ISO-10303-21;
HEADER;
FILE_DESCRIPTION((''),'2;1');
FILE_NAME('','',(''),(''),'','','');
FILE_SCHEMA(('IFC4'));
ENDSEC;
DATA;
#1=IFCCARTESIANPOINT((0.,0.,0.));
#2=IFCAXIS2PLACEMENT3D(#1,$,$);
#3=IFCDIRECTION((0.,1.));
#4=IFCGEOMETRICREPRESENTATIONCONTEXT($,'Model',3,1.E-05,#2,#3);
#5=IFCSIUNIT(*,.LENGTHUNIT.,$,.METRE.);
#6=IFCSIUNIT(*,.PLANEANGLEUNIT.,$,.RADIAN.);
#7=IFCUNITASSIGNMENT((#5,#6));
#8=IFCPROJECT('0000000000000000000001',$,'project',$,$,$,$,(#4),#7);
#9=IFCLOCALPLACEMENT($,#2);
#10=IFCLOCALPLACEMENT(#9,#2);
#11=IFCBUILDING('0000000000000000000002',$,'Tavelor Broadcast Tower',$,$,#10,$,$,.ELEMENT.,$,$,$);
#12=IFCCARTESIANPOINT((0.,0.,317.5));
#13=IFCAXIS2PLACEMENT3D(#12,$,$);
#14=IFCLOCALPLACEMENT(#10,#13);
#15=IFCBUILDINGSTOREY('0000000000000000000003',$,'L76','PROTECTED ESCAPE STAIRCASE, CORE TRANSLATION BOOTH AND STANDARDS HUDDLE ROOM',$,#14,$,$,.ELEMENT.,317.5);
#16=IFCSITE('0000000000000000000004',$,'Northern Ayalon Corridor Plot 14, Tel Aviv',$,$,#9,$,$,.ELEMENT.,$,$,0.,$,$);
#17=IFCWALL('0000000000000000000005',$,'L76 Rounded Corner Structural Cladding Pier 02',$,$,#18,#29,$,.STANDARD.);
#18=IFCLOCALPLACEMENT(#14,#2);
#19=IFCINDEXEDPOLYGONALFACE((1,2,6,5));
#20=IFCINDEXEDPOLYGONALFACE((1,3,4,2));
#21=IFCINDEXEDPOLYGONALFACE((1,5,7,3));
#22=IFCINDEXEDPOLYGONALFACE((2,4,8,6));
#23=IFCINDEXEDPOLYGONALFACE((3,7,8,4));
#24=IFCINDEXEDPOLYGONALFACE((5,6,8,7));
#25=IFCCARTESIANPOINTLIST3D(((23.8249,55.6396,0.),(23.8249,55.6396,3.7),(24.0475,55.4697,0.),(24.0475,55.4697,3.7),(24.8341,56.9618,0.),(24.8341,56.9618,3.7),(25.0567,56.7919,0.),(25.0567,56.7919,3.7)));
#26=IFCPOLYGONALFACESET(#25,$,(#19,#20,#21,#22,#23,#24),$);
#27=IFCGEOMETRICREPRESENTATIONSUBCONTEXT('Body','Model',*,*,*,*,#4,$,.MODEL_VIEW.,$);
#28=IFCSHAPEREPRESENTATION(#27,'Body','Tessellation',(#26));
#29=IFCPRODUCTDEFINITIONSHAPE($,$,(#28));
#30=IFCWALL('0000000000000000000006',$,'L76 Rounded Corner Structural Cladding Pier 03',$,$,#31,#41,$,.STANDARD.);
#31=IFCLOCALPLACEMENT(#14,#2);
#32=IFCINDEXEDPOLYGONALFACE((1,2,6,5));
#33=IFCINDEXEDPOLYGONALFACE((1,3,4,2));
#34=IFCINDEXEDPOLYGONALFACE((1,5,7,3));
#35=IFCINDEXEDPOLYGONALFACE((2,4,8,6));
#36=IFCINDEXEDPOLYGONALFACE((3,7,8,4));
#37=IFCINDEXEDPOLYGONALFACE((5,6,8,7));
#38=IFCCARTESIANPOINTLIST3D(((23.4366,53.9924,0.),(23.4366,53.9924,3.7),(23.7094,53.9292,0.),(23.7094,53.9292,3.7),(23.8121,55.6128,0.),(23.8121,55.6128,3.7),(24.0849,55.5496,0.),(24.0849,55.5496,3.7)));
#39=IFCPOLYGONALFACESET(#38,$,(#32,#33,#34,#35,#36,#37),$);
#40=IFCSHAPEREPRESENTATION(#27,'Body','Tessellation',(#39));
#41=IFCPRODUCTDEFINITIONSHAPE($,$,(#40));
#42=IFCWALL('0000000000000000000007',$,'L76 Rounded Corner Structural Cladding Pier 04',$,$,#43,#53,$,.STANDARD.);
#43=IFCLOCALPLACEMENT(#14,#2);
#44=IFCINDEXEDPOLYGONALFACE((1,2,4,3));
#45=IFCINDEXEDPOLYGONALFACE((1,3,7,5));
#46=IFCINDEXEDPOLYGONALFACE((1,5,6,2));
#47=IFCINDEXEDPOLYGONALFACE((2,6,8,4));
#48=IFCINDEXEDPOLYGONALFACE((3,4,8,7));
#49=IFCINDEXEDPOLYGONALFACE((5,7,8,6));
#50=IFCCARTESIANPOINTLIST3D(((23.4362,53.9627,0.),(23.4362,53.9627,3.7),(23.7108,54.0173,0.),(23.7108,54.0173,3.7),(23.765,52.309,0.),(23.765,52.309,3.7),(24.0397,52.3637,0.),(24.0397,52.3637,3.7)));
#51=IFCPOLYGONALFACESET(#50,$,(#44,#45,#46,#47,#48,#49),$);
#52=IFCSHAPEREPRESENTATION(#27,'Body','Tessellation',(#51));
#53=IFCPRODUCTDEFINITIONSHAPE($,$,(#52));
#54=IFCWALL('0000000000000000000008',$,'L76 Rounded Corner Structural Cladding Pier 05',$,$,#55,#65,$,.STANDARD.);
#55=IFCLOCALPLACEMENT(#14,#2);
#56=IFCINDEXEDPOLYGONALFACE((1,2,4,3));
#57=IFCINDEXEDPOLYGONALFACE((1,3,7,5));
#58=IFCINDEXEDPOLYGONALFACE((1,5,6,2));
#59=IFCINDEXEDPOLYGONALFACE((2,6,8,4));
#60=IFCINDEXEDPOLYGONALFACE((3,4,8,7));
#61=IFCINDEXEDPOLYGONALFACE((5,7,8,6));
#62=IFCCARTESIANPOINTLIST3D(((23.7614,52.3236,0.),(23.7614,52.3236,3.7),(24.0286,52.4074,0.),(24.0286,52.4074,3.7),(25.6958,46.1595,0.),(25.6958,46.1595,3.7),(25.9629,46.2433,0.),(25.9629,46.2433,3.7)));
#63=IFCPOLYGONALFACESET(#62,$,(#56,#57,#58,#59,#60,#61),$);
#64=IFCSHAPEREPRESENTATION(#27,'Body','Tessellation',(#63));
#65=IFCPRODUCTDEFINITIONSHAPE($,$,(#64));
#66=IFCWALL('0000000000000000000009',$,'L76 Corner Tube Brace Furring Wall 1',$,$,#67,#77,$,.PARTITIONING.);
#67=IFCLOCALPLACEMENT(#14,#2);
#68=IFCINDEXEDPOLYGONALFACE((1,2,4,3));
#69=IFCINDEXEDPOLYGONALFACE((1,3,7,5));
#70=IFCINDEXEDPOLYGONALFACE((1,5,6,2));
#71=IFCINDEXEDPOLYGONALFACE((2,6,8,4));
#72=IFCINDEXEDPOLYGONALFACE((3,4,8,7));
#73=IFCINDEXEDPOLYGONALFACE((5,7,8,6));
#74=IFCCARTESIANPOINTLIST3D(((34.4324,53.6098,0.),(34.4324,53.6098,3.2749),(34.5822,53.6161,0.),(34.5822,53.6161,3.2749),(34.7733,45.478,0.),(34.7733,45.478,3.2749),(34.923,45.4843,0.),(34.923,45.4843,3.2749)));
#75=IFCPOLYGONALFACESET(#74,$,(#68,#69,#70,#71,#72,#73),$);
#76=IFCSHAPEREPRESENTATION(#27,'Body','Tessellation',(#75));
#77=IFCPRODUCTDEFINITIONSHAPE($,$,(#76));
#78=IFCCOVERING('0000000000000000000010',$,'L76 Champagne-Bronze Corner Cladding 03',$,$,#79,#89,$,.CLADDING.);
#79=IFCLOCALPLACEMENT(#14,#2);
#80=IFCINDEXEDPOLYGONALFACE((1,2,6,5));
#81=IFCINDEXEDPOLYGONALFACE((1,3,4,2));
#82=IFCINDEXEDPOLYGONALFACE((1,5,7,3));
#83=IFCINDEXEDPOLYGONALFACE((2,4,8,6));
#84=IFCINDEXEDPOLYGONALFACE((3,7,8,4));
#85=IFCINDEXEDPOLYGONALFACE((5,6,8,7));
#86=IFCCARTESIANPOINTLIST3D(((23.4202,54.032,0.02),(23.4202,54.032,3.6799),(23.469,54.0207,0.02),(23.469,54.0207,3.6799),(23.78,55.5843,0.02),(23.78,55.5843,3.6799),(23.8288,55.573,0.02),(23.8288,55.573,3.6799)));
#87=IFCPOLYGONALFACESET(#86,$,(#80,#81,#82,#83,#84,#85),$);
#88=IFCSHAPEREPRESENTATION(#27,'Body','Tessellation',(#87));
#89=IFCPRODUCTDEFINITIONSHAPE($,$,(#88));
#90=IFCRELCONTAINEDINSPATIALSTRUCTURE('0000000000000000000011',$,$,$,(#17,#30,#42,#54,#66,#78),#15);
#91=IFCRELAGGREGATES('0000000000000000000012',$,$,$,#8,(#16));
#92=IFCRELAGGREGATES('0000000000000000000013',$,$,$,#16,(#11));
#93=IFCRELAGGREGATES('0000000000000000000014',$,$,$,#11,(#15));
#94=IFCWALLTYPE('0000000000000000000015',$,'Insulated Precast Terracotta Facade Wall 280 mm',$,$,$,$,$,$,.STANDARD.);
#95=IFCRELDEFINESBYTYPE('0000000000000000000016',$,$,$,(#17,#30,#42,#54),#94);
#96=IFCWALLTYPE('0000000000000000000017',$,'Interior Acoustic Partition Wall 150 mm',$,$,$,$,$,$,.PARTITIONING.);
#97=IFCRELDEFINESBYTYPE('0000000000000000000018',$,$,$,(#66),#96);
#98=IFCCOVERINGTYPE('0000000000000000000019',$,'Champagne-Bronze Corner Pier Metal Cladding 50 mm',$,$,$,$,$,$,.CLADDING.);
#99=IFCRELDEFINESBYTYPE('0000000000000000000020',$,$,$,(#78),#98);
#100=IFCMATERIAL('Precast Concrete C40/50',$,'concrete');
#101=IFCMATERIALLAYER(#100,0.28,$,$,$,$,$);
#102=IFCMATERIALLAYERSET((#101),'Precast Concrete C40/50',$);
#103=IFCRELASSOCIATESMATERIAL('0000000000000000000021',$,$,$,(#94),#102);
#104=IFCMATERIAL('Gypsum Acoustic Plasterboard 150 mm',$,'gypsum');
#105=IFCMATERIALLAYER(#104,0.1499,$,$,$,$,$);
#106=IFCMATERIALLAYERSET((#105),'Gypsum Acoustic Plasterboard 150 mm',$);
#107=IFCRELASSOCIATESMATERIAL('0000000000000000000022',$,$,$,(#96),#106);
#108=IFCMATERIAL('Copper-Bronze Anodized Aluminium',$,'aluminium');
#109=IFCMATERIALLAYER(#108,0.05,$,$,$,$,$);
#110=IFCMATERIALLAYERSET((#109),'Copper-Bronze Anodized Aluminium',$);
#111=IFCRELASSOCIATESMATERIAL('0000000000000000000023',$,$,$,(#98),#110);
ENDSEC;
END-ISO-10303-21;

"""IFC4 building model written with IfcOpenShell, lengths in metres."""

from ifc_helpers import new_model, si_unit, direction, frame, frame_2d, origin, origin_2d, place, context, subcontext, project, spatial, rectangle, extrude, material, layer, layer_set, type_object, element, save


model = new_model("IFC4")

# Units and contexts
model_context = context("Model", 3, precision=1e-05, world=origin(), true_north=direction((0.0, 1.0)))
body_context = subcontext(model_context, "Body", "Model", "MODEL_VIEW")
ifc_project = project(units=[si_unit("LENGTHUNIT", "METRE"), si_unit("PLANEANGLEUNIT", "RADIAN")], contexts=[model_context])

# Site, building, storey
site_placement = place(None, origin())
site = spatial("IfcSite", under=ifc_project, at=site_placement, Name="Northern Ayalon Corridor Plot 14, Tel Aviv", CompositionType="ELEMENT", RefElevation=0.0)
building_placement = place(site_placement, origin())
building = spatial("IfcBuilding", under=site, at=building_placement, Name="Tavelor Broadcast Tower", CompositionType="ELEMENT")
storey_placement = place(building_placement, frame((0.0, 0.0, 317.5)))
storey = spatial("IfcBuildingStorey", under=building, at=storey_placement, Name="L76", Description="PROTECTED ESCAPE STAIRCASE, CORE TRANSLATION BOOTH AND STANDARDS HUDDLE ROOM", CompositionType="ELEMENT", Elevation=317.5)

# Walls
ifc_material_1 = material(Name="Precast Concrete C40/50", Category="concrete")
ifc_layer_1 = layer(ifc_material_1, 0.28)
ifc_layer_set_1 = layer_set([ifc_layer_1], Name="Precast Concrete C40/50")
wall_type_1 = type_object("IfcWallType", Name="Insulated Precast Terracotta Facade Wall 280 mm", PredefinedType="STANDARD", material=ifc_layer_set_1)
for number, where, z_axis, x_axis, name in (
    (1, (24.9453, 56.8767, 0.0), (0.0, 0.0, 1.0), (-0.606742, -0.794899, 0.0), "L76 Rounded Corner Structural Cladding Pier 02"),
    (2, (23.9485, 55.5811, 0.0), (0.0, 0.0, 1.0), (-0.225749, -0.974185, 0.0), "L76 Rounded Corner Structural Cladding Pier 03"),
):
    element("IfcWall", number, at=place(storey_placement, frame(where, z_axis=z_axis, x_axis=x_axis)), inside=storey, type_object=wall_type_1, Name=name, PredefinedType="STANDARD", context=body_context, shape_type="SweptSolid", body=[
        extrude(rectangle(XDim=1.6633, YDim=0.28, at=frame_2d((0.8315, 0.0))), origin(), (0.0, 0.0, 1.0), 3.7),
    ])
wall_1_placement = place(storey_placement, frame((23.5735, 53.99, 0.0), z_axis=(0.0, 0.0, 1.0), x_axis=(0.195058, -0.980792, 0.0)))
element("IfcWall", 3, at=wall_1_placement, inside=storey, type_object=wall_type_1, Name="L76 Rounded Corner Structural Cladding Pier 04", PredefinedType="STANDARD", context=body_context, shape_type="SweptSolid", body=[
    extrude(rectangle(XDim=1.686, YDim=0.28, at=frame_2d((0.843, 0.0))), origin(), (0.0, 0.0, 1.0), 3.7),
])
wall_2_placement = place(storey_placement, frame((23.895, 52.3655, 0.0), z_axis=(0.0, 0.0, 1.0), x_axis=(0.299411, -0.954124, 0.0)))
element("IfcWall", 4, at=wall_2_placement, inside=storey, type_object=wall_type_1, Name="L76 Rounded Corner Structural Cladding Pier 05", PredefinedType="STANDARD", context=body_context, shape_type="SweptSolid", body=[
    extrude(rectangle(XDim=6.4604, YDim=0.28, at=frame_2d((3.2302, 0.0))), origin(), (0.0, 0.0, 1.0), 3.7),
])
ifc_material_2 = material(Name="Gypsum Acoustic Plasterboard 150 mm", Category="gypsum")
ifc_layer_2 = layer(ifc_material_2, 0.1499)
ifc_layer_set_2 = layer_set([ifc_layer_2], Name="Gypsum Acoustic Plasterboard 150 mm")
wall_type_2 = type_object("IfcWallType", Name="Interior Acoustic Partition Wall 150 mm", PredefinedType="PARTITIONING", material=ifc_layer_set_2)
wall_3_placement = place(storey_placement, frame((34.5073, 53.6128, 0.0), z_axis=(0.0, 0.0, 1.0), x_axis=(0.041875, -0.999123, 0.0)))
element("IfcWall", 5, at=wall_3_placement, inside=storey, type_object=wall_type_2, Name="L76 Corner Tube Brace Furring Wall 1", PredefinedType="PARTITIONING", context=body_context, shape_type="SweptSolid", body=[
    extrude(rectangle(XDim=8.1389, YDim=0.1499, at=frame_2d((4.0693, 0.0))), origin(), (0.0, 0.0, 1.0), 3.2749),
])

# Covering
ifc_material_3 = material(Name="Copper-Bronze Anodized Aluminium", Category="aluminium")
ifc_layer_3 = layer(ifc_material_3, 0.05)
ifc_layer_set_3 = layer_set([ifc_layer_3], Name="Copper-Bronze Anodized Aluminium")
covering_type = type_object("IfcCoveringType", Name="Champagne-Bronze Corner Pier Metal Cladding 50 mm", PredefinedType="CLADDING", material=ifc_layer_set_3)
covering_placement = place(storey_placement, frame((23.6245, 54.8025, 0.02), z_axis=(0.0, 0.0, 1.0), x_axis=(-0.225801, -0.974173, 0.0)))
element("IfcCovering", 6, at=covering_placement, inside=storey, type_object=covering_type, Name="L76 Champagne-Bronze Corner Cladding 03", PredefinedType="CLADDING", context=body_context, shape_type="SweptSolid", body=[
    extrude(rectangle(XDim=1.5935, YDim=0.05, at=origin_2d()), origin(), (0.0, 0.0, 1.0), 3.6599),
])

save(model, "model.ifc")
